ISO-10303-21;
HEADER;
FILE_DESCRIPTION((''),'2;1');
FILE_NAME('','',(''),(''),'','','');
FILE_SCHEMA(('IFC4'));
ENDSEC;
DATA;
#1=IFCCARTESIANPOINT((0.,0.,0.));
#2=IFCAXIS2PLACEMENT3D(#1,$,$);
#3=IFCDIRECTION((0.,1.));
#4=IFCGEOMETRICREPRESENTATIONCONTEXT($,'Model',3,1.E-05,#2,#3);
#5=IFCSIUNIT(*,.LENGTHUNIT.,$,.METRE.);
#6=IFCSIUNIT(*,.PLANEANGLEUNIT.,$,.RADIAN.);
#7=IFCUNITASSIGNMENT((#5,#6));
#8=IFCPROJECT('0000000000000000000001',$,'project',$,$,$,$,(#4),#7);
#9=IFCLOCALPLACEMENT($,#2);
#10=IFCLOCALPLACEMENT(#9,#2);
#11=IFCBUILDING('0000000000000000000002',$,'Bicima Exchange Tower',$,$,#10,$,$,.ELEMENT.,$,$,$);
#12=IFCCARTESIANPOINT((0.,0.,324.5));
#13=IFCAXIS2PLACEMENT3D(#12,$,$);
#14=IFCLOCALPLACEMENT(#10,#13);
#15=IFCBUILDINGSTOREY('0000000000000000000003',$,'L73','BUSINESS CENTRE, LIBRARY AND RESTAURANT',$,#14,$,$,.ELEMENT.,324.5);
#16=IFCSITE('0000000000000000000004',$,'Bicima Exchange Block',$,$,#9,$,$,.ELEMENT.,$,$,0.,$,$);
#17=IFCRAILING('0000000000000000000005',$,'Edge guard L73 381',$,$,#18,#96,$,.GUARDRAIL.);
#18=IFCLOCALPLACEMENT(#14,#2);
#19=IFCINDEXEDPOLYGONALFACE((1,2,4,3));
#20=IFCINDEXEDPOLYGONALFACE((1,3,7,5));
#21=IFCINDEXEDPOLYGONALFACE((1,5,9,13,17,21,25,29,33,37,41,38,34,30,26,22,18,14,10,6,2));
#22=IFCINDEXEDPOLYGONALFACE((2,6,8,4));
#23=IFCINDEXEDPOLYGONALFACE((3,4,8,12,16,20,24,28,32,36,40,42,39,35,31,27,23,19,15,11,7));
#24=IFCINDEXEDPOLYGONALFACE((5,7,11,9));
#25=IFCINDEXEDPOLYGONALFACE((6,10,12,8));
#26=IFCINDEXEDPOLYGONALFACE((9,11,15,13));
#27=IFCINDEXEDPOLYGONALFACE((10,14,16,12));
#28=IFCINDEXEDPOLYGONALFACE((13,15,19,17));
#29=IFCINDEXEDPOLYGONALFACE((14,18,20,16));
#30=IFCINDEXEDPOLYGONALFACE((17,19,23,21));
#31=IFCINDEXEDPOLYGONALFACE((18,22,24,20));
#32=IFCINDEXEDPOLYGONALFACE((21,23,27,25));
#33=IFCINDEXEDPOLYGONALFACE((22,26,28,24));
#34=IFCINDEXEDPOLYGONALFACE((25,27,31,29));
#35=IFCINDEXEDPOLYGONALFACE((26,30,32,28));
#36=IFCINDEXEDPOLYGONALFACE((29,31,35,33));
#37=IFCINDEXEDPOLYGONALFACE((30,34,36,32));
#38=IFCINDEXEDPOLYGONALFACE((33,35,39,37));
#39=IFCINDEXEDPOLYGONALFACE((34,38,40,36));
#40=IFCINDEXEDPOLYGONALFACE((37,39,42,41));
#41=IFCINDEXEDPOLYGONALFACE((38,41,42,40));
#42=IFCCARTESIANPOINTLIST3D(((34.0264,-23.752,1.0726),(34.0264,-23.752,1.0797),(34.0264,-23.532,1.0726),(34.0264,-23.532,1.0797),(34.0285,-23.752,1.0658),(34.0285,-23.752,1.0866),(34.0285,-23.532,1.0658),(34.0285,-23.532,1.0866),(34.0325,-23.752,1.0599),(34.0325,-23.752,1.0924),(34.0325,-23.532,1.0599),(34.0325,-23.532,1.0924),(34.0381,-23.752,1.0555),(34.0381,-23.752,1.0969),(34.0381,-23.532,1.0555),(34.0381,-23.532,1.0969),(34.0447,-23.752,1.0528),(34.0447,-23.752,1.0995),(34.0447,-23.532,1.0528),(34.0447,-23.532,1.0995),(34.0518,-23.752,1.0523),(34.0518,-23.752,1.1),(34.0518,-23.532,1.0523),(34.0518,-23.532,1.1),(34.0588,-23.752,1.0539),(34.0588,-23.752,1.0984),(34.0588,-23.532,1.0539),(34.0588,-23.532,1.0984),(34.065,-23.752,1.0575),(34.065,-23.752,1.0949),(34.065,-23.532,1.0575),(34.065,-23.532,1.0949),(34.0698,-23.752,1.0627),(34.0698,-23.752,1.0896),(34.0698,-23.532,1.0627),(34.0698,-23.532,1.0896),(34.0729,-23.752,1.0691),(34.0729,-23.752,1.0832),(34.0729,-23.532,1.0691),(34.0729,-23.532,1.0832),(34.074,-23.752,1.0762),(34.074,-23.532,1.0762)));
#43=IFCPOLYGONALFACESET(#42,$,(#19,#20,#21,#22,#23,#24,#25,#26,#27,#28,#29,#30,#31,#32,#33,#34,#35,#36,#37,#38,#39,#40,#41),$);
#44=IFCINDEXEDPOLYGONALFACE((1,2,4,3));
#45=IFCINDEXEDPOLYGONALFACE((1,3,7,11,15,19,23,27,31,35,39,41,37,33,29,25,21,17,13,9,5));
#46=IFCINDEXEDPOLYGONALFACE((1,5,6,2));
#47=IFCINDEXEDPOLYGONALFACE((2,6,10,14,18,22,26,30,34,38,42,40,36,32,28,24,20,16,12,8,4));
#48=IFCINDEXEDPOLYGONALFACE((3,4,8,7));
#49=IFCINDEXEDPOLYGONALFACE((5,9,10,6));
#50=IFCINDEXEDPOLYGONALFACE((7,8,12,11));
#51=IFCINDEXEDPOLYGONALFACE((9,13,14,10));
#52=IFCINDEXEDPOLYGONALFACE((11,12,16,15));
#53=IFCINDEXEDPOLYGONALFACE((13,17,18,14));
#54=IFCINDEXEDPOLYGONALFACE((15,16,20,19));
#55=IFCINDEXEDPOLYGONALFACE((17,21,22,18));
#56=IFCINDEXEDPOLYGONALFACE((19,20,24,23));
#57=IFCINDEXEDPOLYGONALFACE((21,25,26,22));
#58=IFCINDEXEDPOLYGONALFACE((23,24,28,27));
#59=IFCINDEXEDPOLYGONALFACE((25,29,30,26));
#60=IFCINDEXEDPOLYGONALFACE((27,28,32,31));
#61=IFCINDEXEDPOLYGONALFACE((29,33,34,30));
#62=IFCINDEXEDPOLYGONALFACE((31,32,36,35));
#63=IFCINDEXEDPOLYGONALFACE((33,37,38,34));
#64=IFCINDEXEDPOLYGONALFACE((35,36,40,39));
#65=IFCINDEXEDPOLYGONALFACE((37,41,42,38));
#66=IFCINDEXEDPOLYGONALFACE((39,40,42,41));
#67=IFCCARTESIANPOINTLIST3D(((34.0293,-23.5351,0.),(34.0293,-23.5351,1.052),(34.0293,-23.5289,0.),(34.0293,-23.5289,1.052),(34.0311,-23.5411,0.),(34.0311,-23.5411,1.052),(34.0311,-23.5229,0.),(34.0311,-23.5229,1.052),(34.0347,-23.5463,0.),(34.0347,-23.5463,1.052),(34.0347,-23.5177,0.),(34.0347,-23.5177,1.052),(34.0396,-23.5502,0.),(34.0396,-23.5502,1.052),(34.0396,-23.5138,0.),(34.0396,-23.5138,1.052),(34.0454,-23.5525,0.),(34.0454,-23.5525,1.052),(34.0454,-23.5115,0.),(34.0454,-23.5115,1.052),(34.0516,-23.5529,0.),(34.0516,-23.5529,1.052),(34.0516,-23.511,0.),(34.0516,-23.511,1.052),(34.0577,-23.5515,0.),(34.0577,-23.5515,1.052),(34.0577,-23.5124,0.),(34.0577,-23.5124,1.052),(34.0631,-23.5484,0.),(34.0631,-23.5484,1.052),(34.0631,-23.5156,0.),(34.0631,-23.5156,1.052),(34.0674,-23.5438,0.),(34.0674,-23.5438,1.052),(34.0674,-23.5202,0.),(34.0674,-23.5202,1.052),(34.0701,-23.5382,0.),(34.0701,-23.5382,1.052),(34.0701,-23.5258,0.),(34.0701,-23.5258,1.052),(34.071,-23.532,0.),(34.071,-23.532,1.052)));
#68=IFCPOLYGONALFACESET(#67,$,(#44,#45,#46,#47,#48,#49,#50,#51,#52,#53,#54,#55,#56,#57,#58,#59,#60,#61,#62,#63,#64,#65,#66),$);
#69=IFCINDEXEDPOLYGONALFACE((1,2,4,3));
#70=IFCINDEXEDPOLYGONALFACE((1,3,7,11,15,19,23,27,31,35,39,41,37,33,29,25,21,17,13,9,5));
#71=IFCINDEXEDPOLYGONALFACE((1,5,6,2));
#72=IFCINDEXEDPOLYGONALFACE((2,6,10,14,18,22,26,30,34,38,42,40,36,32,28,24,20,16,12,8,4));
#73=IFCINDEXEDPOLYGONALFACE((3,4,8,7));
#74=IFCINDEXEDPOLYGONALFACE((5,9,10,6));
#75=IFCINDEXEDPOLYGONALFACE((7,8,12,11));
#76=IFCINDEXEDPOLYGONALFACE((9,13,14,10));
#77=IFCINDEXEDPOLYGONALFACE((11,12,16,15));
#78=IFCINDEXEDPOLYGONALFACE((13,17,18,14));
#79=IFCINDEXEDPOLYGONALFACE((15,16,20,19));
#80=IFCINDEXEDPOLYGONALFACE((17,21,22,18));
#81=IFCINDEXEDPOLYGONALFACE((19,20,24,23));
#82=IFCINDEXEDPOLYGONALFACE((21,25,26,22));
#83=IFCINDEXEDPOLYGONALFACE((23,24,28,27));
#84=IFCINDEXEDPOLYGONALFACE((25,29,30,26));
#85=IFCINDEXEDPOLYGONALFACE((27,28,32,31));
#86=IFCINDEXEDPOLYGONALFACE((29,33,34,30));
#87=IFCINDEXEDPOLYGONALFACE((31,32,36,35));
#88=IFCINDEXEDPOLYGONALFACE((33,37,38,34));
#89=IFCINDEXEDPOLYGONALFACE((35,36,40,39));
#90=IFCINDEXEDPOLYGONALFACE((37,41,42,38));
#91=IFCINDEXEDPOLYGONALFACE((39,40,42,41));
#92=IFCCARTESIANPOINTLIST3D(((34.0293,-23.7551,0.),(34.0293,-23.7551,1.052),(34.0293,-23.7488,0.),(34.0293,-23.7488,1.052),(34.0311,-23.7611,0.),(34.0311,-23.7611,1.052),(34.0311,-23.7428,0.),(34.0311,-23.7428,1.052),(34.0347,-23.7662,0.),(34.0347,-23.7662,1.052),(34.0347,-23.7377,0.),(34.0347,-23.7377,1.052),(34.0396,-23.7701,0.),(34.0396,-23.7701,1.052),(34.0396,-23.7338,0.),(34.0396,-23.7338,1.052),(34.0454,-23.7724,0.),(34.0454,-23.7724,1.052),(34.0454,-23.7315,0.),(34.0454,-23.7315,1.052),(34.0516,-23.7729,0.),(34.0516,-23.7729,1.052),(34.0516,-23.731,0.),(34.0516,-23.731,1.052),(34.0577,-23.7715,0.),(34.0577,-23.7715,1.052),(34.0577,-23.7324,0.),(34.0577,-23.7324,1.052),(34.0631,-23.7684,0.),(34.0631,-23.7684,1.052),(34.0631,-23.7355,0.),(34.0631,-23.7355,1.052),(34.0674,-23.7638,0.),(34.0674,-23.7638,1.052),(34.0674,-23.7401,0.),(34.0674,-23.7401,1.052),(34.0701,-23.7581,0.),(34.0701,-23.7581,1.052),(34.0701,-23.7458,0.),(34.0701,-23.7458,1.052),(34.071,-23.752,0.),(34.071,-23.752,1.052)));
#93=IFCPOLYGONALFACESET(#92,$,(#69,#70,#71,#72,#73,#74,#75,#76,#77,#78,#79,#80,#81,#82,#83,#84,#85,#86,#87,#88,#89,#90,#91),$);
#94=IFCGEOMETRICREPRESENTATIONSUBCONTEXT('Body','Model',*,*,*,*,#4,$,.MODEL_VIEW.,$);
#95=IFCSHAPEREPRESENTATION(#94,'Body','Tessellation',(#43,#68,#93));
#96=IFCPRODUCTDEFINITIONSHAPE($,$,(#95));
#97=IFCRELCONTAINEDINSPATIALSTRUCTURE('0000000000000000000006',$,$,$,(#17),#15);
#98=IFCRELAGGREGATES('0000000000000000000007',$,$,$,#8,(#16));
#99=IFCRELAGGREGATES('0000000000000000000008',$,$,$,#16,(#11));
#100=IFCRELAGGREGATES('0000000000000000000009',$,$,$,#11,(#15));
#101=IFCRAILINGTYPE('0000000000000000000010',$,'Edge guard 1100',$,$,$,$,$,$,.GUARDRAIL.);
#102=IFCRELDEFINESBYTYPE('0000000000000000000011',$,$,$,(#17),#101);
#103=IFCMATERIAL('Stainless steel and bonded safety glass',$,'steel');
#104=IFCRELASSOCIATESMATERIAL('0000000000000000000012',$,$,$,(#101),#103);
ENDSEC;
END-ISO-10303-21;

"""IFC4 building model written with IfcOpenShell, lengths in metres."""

from ifc_helpers import new_model, si_unit, direction, frame, origin, origin_2d, place, context, subcontext, project, spatial, circle, extrude, material, type_object, element, save


model = new_model("IFC4")

# Units and contexts
model_context = context("Model", 3, precision=1e-05, world=origin(), true_north=direction((0.0, 1.0)))
body_context = subcontext(model_context, "Body", "Model", "MODEL_VIEW")
ifc_project = project(units=[si_unit("LENGTHUNIT", "METRE"), si_unit("PLANEANGLEUNIT", "RADIAN")], contexts=[model_context])

# Site, building, storey
site_placement = place(None, origin())
site = spatial("IfcSite", under=ifc_project, at=site_placement, Name="Bicima Exchange Block", CompositionType="ELEMENT", RefElevation=0.0)
building_placement = place(site_placement, origin())
building = spatial("IfcBuilding", under=site, at=building_placement, Name="Bicima Exchange Tower", CompositionType="ELEMENT")
storey_placement = place(building_placement, frame((0.0, 0.0, 324.5)))
storey = spatial("IfcBuildingStorey", under=building, at=storey_placement, Name="L73", Description="BUSINESS CENTRE, LIBRARY AND RESTAURANT", CompositionType="ELEMENT", Elevation=324.5)

# Railing
ifc_material_1 = material(Name="Stainless steel and bonded safety glass", Category="steel")
railing_type = type_object("IfcRailingType", Name="Edge guard 1100", PredefinedType="GUARDRAIL", material=ifc_material_1)
railing_1_placement = place(storey_placement, frame((34.05, -23.532, 0.0)))
element("IfcRailing", 1, at=railing_1_placement, inside=storey, type_object=railing_type, Name="Edge guard L73 381", PredefinedType="GUARDRAIL", context=body_context, shape_type="SweptSolid", body=[
    extrude(circle(Radius=0.0239, at=origin_2d()), frame((0.0, 0.0, 1.0762), z_axis=(0.0, -1.0, 0.0), x_axis=(1.0, 0.0, 0.0)), (0.0, 0.0, 1.0), 0.22),
    extrude(circle(Radius=0.021, at=origin_2d()), origin(), (0.0, 0.0, 1.0), 1.052),
    extrude(circle(Radius=0.021, at=origin_2d()), frame((0.0, -0.22, 0.0)), (0.0, 0.0, 1.0), 1.052),
])

save(model, "model.ifc")
